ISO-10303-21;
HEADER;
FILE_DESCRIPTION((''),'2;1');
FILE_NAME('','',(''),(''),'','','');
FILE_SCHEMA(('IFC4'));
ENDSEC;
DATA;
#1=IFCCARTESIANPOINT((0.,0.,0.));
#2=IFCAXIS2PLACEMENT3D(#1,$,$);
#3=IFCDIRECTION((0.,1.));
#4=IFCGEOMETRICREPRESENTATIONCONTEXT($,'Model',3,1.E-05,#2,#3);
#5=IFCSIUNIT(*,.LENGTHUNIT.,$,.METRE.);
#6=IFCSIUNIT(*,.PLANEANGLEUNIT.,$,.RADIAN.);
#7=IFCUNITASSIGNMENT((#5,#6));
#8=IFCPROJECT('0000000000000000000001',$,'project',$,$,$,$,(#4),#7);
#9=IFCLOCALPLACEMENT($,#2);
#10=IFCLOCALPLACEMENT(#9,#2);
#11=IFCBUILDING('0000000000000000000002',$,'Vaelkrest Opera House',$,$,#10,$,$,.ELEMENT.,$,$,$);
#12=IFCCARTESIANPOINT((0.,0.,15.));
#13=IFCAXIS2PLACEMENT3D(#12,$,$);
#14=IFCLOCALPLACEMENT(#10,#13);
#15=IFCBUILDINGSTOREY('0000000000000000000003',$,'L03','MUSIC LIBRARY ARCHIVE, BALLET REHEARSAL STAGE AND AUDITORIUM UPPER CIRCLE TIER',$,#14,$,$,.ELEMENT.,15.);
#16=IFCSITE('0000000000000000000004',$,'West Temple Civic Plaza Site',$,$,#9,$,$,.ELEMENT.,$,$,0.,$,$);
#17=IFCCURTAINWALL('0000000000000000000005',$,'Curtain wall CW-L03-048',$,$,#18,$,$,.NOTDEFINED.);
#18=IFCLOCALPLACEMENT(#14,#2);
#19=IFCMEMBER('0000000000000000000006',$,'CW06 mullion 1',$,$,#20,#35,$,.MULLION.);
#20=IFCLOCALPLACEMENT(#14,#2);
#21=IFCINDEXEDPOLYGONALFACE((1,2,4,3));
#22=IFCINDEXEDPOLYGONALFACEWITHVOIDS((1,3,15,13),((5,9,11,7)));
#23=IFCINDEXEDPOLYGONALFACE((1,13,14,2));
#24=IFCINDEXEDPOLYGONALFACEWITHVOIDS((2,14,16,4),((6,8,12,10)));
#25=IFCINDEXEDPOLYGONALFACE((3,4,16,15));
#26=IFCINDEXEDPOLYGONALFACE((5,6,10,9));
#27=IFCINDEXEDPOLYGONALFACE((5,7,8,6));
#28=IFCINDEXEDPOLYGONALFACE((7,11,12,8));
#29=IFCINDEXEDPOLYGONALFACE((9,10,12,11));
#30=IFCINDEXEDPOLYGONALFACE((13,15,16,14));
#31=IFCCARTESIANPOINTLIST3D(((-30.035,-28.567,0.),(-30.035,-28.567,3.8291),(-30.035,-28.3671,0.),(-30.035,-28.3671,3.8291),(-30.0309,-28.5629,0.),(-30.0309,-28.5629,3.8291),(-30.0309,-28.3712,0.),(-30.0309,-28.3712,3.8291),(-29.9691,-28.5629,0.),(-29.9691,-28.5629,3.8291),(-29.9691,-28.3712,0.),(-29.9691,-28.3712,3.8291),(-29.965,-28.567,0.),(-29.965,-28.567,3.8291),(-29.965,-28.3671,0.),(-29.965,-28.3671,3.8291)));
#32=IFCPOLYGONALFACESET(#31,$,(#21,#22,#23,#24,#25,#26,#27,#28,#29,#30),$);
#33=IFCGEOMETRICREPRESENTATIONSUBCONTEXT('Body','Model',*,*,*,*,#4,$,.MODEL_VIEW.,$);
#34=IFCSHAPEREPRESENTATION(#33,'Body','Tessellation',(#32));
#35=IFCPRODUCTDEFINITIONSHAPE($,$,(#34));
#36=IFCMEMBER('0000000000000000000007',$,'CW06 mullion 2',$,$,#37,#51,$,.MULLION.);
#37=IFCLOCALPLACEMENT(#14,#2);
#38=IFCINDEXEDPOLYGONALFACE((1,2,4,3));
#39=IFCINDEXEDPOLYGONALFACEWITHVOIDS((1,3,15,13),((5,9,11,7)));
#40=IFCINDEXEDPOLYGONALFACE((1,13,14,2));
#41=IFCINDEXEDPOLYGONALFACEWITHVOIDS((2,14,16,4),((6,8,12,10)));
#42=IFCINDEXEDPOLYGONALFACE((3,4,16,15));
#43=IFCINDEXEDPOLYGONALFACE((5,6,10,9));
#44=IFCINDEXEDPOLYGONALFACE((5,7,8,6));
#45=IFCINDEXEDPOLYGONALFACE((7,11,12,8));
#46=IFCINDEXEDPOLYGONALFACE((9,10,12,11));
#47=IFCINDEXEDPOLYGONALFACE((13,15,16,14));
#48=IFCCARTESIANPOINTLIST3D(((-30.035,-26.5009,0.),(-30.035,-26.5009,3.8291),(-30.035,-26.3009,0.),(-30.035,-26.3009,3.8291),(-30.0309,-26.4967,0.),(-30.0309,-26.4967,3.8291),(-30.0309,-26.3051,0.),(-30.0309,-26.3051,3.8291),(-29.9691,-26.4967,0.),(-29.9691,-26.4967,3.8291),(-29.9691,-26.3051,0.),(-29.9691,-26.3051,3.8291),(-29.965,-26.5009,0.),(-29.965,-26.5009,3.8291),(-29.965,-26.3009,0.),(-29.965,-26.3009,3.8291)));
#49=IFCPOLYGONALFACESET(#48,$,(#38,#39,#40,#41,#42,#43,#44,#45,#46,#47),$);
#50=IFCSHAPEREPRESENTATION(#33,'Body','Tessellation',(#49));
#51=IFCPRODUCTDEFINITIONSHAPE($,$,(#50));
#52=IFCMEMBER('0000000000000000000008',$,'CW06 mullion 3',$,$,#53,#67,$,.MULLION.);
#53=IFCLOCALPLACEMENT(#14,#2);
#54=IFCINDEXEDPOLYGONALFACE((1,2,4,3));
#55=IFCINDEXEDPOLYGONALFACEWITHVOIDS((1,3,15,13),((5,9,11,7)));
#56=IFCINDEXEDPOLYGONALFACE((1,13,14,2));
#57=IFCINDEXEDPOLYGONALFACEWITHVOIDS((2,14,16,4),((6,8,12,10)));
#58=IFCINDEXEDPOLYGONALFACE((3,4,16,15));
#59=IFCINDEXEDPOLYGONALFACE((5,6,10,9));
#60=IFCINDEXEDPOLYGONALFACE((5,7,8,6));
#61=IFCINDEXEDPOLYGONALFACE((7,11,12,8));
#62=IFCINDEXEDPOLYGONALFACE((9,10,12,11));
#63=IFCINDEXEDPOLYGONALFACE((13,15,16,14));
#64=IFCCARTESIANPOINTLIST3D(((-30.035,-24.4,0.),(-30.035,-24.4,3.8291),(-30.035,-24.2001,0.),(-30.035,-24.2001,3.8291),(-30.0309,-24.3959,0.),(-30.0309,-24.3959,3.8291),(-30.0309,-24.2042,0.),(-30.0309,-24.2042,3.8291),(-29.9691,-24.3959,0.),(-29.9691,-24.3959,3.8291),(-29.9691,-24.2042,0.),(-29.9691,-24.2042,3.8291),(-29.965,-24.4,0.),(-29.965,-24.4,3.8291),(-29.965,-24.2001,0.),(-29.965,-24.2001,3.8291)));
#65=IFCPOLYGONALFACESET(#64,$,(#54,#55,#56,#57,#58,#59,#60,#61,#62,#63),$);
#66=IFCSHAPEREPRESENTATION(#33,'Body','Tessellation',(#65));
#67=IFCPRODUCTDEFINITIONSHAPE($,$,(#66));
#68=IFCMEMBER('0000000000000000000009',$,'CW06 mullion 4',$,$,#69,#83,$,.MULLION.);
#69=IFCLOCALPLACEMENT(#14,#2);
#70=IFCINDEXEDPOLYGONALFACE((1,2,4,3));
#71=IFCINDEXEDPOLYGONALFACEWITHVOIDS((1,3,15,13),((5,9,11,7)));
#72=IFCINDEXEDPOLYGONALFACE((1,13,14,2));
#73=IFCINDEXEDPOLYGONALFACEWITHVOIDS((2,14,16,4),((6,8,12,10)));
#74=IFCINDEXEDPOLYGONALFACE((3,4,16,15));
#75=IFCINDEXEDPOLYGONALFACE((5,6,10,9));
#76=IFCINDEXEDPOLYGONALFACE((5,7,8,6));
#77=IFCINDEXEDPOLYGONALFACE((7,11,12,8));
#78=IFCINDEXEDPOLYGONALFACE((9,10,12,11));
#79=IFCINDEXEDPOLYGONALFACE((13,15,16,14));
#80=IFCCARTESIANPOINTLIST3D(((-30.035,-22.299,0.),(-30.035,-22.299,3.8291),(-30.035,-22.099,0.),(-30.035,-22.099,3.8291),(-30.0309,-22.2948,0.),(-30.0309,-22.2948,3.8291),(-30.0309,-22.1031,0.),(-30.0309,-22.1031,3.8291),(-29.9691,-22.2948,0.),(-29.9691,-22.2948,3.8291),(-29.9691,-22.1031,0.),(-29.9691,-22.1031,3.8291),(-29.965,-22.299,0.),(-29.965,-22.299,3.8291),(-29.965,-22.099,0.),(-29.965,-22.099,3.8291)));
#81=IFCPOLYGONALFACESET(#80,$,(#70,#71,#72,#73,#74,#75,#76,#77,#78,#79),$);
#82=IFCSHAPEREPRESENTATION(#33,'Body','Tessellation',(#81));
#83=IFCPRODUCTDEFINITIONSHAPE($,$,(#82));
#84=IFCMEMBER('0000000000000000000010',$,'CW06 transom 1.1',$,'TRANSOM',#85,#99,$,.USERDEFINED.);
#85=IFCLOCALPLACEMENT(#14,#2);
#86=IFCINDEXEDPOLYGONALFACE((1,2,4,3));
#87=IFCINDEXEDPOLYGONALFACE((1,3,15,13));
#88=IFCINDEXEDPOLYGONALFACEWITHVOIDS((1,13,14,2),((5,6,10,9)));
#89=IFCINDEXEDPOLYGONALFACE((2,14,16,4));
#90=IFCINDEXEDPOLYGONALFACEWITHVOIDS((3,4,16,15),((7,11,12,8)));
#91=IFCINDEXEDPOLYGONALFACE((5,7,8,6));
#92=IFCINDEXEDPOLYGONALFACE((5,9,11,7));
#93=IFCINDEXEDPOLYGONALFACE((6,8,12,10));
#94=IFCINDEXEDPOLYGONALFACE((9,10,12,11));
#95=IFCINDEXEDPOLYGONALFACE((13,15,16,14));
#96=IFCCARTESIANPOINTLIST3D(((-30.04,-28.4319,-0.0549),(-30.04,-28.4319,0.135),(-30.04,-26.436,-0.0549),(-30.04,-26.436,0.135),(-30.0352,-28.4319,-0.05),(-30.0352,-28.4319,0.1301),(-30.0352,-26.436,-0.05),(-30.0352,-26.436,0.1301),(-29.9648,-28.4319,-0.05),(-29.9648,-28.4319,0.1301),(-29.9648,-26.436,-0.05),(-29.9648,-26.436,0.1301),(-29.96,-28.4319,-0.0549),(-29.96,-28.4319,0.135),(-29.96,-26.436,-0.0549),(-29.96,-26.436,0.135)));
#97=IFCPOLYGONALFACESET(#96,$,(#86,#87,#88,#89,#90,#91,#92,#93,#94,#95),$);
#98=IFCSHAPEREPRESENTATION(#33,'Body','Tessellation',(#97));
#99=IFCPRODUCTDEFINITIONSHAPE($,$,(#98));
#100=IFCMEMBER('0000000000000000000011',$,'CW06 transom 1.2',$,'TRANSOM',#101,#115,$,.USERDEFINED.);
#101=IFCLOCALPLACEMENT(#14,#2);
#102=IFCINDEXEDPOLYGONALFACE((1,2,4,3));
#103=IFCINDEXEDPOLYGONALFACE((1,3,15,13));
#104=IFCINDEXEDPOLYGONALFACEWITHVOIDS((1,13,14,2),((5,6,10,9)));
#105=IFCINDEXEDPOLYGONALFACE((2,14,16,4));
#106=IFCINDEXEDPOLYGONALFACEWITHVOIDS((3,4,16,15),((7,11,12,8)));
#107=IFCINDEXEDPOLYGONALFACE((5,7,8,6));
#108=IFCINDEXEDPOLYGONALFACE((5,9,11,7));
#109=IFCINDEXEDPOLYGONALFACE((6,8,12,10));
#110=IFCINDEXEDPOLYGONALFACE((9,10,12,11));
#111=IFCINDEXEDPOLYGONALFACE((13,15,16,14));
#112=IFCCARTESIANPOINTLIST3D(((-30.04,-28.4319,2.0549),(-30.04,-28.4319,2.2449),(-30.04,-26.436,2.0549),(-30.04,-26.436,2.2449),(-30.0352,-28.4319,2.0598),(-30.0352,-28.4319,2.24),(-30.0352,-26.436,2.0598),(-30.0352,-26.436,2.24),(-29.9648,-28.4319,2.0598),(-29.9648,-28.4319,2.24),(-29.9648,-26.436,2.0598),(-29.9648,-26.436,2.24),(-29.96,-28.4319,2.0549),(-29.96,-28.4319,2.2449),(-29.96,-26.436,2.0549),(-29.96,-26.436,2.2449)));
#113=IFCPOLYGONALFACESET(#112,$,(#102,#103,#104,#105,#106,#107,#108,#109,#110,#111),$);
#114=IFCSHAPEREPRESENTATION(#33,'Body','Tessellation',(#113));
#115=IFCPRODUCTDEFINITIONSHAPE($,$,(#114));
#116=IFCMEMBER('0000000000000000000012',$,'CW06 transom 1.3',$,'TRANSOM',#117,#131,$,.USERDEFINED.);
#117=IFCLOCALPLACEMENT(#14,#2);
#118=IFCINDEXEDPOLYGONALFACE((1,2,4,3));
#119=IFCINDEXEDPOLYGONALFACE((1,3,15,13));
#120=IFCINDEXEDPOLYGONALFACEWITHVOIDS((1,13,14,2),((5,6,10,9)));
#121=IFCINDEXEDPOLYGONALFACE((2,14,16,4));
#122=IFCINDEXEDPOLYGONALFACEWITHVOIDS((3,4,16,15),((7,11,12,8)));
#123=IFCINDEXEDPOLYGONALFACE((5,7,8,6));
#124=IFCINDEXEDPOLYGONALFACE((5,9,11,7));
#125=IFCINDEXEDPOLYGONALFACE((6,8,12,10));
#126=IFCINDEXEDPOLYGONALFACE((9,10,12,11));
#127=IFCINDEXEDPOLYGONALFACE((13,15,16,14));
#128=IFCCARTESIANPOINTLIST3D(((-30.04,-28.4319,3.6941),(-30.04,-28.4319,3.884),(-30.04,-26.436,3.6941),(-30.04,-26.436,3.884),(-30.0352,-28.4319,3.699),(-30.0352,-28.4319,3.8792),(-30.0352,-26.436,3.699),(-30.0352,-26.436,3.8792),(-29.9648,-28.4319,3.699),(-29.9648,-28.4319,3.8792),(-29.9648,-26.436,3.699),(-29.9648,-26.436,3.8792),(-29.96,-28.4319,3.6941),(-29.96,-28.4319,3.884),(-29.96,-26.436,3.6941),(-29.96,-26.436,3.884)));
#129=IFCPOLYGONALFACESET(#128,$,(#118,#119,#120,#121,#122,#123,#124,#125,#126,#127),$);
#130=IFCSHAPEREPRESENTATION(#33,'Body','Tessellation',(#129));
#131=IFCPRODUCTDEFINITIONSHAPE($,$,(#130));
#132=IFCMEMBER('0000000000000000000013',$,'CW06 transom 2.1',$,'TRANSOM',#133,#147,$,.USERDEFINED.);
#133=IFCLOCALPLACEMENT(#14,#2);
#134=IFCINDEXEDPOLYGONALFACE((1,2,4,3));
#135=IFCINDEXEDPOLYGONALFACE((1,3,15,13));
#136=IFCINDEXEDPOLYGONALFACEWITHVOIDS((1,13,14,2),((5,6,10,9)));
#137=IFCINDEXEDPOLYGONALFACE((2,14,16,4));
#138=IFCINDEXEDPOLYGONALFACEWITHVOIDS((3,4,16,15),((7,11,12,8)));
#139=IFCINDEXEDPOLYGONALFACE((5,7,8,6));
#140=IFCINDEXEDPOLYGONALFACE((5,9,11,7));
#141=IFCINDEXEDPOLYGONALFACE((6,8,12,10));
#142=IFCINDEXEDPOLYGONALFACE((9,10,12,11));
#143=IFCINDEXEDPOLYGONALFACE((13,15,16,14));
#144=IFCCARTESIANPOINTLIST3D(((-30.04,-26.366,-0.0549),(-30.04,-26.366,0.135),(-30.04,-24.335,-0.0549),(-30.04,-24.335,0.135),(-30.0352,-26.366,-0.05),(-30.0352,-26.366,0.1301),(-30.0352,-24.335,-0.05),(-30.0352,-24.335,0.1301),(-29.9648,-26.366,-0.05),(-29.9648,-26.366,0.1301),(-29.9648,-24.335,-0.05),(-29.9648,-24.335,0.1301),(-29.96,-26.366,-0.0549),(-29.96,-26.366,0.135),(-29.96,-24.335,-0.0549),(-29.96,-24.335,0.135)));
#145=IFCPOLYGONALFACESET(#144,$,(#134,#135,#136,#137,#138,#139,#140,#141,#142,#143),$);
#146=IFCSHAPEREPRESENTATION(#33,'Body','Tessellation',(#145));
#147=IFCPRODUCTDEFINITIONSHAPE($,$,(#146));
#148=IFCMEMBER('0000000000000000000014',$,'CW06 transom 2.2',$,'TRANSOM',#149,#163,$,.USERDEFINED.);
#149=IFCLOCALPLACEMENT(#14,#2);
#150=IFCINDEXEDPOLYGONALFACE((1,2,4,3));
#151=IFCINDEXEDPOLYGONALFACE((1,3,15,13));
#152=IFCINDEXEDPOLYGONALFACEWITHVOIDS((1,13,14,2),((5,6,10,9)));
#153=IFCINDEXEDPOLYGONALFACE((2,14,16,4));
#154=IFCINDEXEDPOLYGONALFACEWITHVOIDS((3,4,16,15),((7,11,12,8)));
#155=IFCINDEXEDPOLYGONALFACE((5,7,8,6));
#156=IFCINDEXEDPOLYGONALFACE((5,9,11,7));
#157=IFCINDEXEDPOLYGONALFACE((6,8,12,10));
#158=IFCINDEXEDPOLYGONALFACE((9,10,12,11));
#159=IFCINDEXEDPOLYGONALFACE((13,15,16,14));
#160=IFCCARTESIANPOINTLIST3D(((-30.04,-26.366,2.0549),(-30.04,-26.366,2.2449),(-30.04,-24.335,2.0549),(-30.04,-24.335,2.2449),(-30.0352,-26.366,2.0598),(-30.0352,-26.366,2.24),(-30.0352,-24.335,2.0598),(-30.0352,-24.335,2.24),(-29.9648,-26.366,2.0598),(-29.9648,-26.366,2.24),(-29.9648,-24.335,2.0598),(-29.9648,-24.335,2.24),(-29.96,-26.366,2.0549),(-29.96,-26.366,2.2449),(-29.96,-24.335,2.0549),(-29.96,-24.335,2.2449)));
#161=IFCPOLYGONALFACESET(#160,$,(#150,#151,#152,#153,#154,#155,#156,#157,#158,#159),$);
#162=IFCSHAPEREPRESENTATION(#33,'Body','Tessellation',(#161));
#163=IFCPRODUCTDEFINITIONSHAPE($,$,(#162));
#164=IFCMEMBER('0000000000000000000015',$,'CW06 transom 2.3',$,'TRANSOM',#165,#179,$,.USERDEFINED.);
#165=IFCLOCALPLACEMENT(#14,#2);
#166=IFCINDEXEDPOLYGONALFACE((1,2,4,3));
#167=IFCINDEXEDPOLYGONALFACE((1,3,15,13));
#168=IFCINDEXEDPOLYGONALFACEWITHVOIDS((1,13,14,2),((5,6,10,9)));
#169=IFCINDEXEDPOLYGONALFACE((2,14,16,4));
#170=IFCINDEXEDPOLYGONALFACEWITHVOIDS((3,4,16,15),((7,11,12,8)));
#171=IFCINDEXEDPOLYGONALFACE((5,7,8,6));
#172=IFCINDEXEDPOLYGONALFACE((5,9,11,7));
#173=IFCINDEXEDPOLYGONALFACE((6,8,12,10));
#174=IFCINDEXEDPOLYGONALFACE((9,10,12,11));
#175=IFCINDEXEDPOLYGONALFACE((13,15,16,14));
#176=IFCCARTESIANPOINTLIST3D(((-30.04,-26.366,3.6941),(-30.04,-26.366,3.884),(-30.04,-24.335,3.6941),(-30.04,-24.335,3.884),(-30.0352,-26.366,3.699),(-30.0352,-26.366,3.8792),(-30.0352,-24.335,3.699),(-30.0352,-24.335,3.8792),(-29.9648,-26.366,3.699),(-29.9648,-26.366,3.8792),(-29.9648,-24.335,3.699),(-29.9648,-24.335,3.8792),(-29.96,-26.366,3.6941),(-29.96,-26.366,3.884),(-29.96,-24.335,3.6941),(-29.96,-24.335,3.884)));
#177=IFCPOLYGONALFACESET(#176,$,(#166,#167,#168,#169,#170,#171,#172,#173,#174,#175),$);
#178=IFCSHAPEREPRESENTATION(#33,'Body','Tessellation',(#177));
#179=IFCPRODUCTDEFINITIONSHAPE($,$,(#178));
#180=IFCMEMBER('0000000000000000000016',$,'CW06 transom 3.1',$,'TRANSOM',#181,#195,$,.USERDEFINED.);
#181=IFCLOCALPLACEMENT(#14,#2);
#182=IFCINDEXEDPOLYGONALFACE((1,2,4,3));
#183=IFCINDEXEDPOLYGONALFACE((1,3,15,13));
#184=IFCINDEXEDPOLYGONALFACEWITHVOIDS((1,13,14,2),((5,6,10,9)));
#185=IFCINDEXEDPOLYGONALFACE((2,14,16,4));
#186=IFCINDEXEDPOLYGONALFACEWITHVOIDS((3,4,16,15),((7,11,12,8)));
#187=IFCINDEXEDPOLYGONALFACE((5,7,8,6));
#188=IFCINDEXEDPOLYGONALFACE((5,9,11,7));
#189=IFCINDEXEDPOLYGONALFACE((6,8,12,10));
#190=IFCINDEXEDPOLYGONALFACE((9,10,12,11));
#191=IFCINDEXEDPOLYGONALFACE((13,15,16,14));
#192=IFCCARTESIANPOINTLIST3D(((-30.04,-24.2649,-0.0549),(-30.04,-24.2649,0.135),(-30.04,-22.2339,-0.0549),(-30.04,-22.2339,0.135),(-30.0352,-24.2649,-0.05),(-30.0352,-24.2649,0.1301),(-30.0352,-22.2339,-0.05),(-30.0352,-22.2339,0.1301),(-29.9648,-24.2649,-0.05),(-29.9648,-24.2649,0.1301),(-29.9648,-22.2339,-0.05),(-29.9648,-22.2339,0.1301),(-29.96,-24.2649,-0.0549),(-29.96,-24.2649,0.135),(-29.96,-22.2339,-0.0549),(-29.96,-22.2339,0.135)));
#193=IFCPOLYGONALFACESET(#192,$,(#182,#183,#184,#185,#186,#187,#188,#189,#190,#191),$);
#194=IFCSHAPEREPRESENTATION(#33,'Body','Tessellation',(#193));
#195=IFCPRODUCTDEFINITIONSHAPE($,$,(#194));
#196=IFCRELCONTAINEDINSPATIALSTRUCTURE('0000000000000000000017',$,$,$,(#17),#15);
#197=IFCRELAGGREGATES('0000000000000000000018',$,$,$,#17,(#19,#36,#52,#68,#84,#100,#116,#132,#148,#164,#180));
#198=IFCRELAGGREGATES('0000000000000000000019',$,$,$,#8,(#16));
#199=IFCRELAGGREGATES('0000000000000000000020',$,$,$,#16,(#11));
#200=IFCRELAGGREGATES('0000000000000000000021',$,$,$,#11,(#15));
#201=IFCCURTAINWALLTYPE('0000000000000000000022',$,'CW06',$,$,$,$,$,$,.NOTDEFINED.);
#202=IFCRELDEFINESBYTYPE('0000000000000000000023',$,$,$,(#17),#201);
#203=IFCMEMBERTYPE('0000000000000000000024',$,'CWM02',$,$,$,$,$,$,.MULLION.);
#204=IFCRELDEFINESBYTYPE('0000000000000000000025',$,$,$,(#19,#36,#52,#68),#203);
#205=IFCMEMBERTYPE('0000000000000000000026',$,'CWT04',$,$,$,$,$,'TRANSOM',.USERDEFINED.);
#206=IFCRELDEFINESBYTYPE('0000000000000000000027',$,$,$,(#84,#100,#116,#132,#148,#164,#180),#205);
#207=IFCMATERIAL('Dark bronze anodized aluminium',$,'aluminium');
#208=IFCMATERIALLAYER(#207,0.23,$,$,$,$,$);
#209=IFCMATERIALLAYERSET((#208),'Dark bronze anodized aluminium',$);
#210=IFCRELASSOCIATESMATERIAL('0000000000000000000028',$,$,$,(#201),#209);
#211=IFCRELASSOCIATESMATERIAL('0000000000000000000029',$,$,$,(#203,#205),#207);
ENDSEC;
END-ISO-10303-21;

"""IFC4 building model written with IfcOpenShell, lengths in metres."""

from ifc_helpers import new_model, si_unit, direction, frame, origin, origin_2d, place, context, subcontext, project, spatial, hollow_rectangle, extrude, material, layer, layer_set, material_profile, profile_set, type_object, element, aggregate, save


model = new_model("IFC4")

# Units and contexts
model_context = context("Model", 3, precision=1e-05, world=origin(), true_north=direction((0.0, 1.0)))
body_context = subcontext(model_context, "Body", "Model", "MODEL_VIEW")
ifc_project = project(units=[si_unit("LENGTHUNIT", "METRE"), si_unit("PLANEANGLEUNIT", "RADIAN")], contexts=[model_context])

# Site, building, storey
site_placement = place(None, origin())
site = spatial("IfcSite", under=ifc_project, at=site_placement, Name="West Temple Civic Plaza Site", CompositionType="ELEMENT", RefElevation=0.0)
building_placement = place(site_placement, origin())
building = spatial("IfcBuilding", under=site, at=building_placement, Name="Vaelkrest Opera House", CompositionType="ELEMENT")
storey_placement = place(building_placement, frame((0.0, 0.0, 15.0)))
storey = spatial("IfcBuildingStorey", under=building, at=storey_placement, Name="L03", Description="MUSIC LIBRARY ARCHIVE, BALLET REHEARSAL STAGE AND AUDITORIUM UPPER CIRCLE TIER", CompositionType="ELEMENT", Elevation=15.0)

# Curtain wall, members
ifc_material_1 = material(Name="Dark bronze anodized aluminium", Category="aluminium")
ifc_layer_1 = layer(ifc_material_1, 0.23)
ifc_layer_set_1 = layer_set([ifc_layer_1], Name="Dark bronze anodized aluminium")
curtain_wall_type = type_object("IfcCurtainWallType", Name="CW06", PredefinedType="NOTDEFINED", material=ifc_layer_set_1)
curtain_wall_placement = place(storey_placement, origin())
curtain_wall = element("IfcCurtainWall", 1, at=curtain_wall_placement, inside=storey, type_object=curtain_wall_type, Name="Curtain wall CW-L03-048", PredefinedType="NOTDEFINED")
ifc_material_profile_1 = material_profile(ifc_material_1, hollow_rectangle(XDim=0.0701, YDim=0.2, WallThickness=0.0042, at=origin_2d()), Name="CWM70X200")
ifc_profile_set_1 = profile_set([ifc_material_profile_1], Name="Dark bronze anodized aluminium")
member_type_1 = type_object("IfcMemberType", Name="CWM02", PredefinedType="MULLION", material=ifc_profile_set_1)
member_1_placement = place(storey_placement, frame((-30.0, -28.467, 0.0), z_axis=(0.0, 0.0, 1.0), x_axis=(-1.0, 0.0, 0.0)))
member_1 = element("IfcMember", 2, at=member_1_placement, type_object=member_type_1, Name="CW06 mullion 1", PredefinedType="MULLION", context=body_context, shape_type="SweptSolid", body=[
    extrude(hollow_rectangle(XDim=0.0701, YDim=0.2, WallThickness=0.0042, at=origin_2d()), origin(), (0.0, 0.0, 1.0), 3.8291),
])
member_2_placement = place(storey_placement, frame((-30.0, -26.4009, 0.0), z_axis=(0.0, 0.0, 1.0), x_axis=(-1.0, 0.0, 0.0)))
member_2 = element("IfcMember", 3, at=member_2_placement, type_object=member_type_1, Name="CW06 mullion 2", PredefinedType="MULLION", context=body_context, shape_type="SweptSolid", body=[
    extrude(hollow_rectangle(XDim=0.0701, YDim=0.2, WallThickness=0.0042, at=origin_2d()), origin(), (0.0, 0.0, 1.0), 3.8291),
])
member_3_placement = place(storey_placement, frame((-30.0, -24.3, 0.0), z_axis=(0.0, 0.0, 1.0), x_axis=(-1.0, 0.0, 0.0)))
member_3 = element("IfcMember", 4, at=member_3_placement, type_object=member_type_1, Name="CW06 mullion 3", PredefinedType="MULLION", context=body_context, shape_type="SweptSolid", body=[
    extrude(hollow_rectangle(XDim=0.0701, YDim=0.2, WallThickness=0.0042, at=origin_2d()), origin(), (0.0, 0.0, 1.0), 3.8291),
])
member_4_placement = place(storey_placement, frame((-30.0, -22.199, 0.0), z_axis=(0.0, 0.0, 1.0), x_axis=(-1.0, 0.0, 0.0)))
member_4 = element("IfcMember", 5, at=member_4_placement, type_object=member_type_1, Name="CW06 mullion 4", PredefinedType="MULLION", context=body_context, shape_type="SweptSolid", body=[
    extrude(hollow_rectangle(XDim=0.0701, YDim=0.2, WallThickness=0.0042, at=origin_2d()), origin(), (0.0, 0.0, 1.0), 3.8291),
])
ifc_material_profile_2 = material_profile(ifc_material_1, hollow_rectangle(XDim=0.0801, YDim=0.1899, WallThickness=0.0049, at=origin_2d()), Name="CWT80X190")
ifc_profile_set_2 = profile_set([ifc_material_profile_2], Name="Dark bronze anodized aluminium")
member_type_2 = type_object("IfcMemberType", Name="CWT04", ElementType="TRANSOM", PredefinedType="USERDEFINED", material=ifc_profile_set_2)
member_5_placement = place(storey_placement, frame((-30.0, -28.4319, 0.04), z_axis=(0.0, 1.0, 0.0), x_axis=(-1.0, 0.0, 0.0)))
member_5 = element("IfcMember", 6, at=member_5_placement, type_object=member_type_2, Name="CW06 transom 1.1", ObjectType="TRANSOM", PredefinedType="USERDEFINED", context=body_context, shape_type="SweptSolid", body=[
    extrude(hollow_rectangle(XDim=0.0801, YDim=0.1899, WallThickness=0.0049, at=origin_2d()), origin(), (0.0, 0.0, 1.0), 1.9958),
])
member_6_placement = place(storey_placement, frame((-30.0, -28.4319, 2.1499), z_axis=(0.0, 1.0, 0.0), x_axis=(-1.0, 0.0, 0.0)))
member_6 = element("IfcMember", 7, at=member_6_placement, type_object=member_type_2, Name="CW06 transom 1.2", ObjectType="TRANSOM", PredefinedType="USERDEFINED", context=body_context, shape_type="SweptSolid", body=[
    extrude(hollow_rectangle(XDim=0.0801, YDim=0.1899, WallThickness=0.0049, at=origin_2d()), origin(), (0.0, 0.0, 1.0), 1.9958),
])
member_7_placement = place(storey_placement, frame((-30.0, -28.4319, 3.7891), z_axis=(0.0, 1.0, 0.0), x_axis=(-1.0, 0.0, 0.0)))
member_7 = element("IfcMember", 8, at=member_7_placement, type_object=member_type_2, Name="CW06 transom 1.3", ObjectType="TRANSOM", PredefinedType="USERDEFINED", context=body_context, shape_type="SweptSolid", body=[
    extrude(hollow_rectangle(XDim=0.0801, YDim=0.1899, WallThickness=0.0049, at=origin_2d()), origin(), (0.0, 0.0, 1.0), 1.9958),
])
member_8_placement = place(storey_placement, frame((-30.0, -26.366, 0.04), z_axis=(0.0, 1.0, 0.0), x_axis=(-1.0, 0.0, 0.0)))
member_8 = element("IfcMember", 9, at=member_8_placement, type_object=member_type_2, Name="CW06 transom 2.1", ObjectType="TRANSOM", PredefinedType="USERDEFINED", context=body_context, shape_type="SweptSolid", body=[
    extrude(hollow_rectangle(XDim=0.0801, YDim=0.1899, WallThickness=0.0049, at=origin_2d()), origin(), (0.0, 0.0, 1.0), 2.031),
])
member_9_placement = place(storey_placement, frame((-30.0, -26.366, 2.1499), z_axis=(0.0, 1.0, 0.0), x_axis=(-1.0, 0.0, 0.0)))
member_9 = element("IfcMember", 10, at=member_9_placement, type_object=member_type_2, Name="CW06 transom 2.2", ObjectType="TRANSOM", PredefinedType="USERDEFINED", context=body_context, shape_type="SweptSolid", body=[
    extrude(hollow_rectangle(XDim=0.0801, YDim=0.1899, WallThickness=0.0049, at=origin_2d()), origin(), (0.0, 0.0, 1.0), 2.031),
])
member_10_placement = place(storey_placement, frame((-30.0, -26.366, 3.7891), z_axis=(0.0, 1.0, 0.0), x_axis=(-1.0, 0.0, 0.0)))
member_10 = element("IfcMember", 11, at=member_10_placement, type_object=member_type_2, Name="CW06 transom 2.3", ObjectType="TRANSOM", PredefinedType="USERDEFINED", context=body_context, shape_type="SweptSolid", body=[
    extrude(hollow_rectangle(XDim=0.0801, YDim=0.1899, WallThickness=0.0049, at=origin_2d()), origin(), (0.0, 0.0, 1.0), 2.031),
])
member_11_placement = place(storey_placement, frame((-30.0, -24.2649, 0.04), z_axis=(0.0, 1.0, 0.0), x_axis=(-1.0, 0.0, 0.0)))
member_11 = element("IfcMember", 12, at=member_11_placement, type_object=member_type_2, Name="CW06 transom 3.1", ObjectType="TRANSOM", PredefinedType="USERDEFINED", context=body_context, shape_type="SweptSolid", body=[
    extrude(hollow_rectangle(XDim=0.0801, YDim=0.1899, WallThickness=0.0049, at=origin_2d()), origin(), (0.0, 0.0, 1.0), 2.031),
])
aggregate(curtain_wall, [member_1, member_2, member_3, member_4, member_5, member_6, member_7, member_8, member_9, member_10, member_11])

save(model, "model.ifc")
